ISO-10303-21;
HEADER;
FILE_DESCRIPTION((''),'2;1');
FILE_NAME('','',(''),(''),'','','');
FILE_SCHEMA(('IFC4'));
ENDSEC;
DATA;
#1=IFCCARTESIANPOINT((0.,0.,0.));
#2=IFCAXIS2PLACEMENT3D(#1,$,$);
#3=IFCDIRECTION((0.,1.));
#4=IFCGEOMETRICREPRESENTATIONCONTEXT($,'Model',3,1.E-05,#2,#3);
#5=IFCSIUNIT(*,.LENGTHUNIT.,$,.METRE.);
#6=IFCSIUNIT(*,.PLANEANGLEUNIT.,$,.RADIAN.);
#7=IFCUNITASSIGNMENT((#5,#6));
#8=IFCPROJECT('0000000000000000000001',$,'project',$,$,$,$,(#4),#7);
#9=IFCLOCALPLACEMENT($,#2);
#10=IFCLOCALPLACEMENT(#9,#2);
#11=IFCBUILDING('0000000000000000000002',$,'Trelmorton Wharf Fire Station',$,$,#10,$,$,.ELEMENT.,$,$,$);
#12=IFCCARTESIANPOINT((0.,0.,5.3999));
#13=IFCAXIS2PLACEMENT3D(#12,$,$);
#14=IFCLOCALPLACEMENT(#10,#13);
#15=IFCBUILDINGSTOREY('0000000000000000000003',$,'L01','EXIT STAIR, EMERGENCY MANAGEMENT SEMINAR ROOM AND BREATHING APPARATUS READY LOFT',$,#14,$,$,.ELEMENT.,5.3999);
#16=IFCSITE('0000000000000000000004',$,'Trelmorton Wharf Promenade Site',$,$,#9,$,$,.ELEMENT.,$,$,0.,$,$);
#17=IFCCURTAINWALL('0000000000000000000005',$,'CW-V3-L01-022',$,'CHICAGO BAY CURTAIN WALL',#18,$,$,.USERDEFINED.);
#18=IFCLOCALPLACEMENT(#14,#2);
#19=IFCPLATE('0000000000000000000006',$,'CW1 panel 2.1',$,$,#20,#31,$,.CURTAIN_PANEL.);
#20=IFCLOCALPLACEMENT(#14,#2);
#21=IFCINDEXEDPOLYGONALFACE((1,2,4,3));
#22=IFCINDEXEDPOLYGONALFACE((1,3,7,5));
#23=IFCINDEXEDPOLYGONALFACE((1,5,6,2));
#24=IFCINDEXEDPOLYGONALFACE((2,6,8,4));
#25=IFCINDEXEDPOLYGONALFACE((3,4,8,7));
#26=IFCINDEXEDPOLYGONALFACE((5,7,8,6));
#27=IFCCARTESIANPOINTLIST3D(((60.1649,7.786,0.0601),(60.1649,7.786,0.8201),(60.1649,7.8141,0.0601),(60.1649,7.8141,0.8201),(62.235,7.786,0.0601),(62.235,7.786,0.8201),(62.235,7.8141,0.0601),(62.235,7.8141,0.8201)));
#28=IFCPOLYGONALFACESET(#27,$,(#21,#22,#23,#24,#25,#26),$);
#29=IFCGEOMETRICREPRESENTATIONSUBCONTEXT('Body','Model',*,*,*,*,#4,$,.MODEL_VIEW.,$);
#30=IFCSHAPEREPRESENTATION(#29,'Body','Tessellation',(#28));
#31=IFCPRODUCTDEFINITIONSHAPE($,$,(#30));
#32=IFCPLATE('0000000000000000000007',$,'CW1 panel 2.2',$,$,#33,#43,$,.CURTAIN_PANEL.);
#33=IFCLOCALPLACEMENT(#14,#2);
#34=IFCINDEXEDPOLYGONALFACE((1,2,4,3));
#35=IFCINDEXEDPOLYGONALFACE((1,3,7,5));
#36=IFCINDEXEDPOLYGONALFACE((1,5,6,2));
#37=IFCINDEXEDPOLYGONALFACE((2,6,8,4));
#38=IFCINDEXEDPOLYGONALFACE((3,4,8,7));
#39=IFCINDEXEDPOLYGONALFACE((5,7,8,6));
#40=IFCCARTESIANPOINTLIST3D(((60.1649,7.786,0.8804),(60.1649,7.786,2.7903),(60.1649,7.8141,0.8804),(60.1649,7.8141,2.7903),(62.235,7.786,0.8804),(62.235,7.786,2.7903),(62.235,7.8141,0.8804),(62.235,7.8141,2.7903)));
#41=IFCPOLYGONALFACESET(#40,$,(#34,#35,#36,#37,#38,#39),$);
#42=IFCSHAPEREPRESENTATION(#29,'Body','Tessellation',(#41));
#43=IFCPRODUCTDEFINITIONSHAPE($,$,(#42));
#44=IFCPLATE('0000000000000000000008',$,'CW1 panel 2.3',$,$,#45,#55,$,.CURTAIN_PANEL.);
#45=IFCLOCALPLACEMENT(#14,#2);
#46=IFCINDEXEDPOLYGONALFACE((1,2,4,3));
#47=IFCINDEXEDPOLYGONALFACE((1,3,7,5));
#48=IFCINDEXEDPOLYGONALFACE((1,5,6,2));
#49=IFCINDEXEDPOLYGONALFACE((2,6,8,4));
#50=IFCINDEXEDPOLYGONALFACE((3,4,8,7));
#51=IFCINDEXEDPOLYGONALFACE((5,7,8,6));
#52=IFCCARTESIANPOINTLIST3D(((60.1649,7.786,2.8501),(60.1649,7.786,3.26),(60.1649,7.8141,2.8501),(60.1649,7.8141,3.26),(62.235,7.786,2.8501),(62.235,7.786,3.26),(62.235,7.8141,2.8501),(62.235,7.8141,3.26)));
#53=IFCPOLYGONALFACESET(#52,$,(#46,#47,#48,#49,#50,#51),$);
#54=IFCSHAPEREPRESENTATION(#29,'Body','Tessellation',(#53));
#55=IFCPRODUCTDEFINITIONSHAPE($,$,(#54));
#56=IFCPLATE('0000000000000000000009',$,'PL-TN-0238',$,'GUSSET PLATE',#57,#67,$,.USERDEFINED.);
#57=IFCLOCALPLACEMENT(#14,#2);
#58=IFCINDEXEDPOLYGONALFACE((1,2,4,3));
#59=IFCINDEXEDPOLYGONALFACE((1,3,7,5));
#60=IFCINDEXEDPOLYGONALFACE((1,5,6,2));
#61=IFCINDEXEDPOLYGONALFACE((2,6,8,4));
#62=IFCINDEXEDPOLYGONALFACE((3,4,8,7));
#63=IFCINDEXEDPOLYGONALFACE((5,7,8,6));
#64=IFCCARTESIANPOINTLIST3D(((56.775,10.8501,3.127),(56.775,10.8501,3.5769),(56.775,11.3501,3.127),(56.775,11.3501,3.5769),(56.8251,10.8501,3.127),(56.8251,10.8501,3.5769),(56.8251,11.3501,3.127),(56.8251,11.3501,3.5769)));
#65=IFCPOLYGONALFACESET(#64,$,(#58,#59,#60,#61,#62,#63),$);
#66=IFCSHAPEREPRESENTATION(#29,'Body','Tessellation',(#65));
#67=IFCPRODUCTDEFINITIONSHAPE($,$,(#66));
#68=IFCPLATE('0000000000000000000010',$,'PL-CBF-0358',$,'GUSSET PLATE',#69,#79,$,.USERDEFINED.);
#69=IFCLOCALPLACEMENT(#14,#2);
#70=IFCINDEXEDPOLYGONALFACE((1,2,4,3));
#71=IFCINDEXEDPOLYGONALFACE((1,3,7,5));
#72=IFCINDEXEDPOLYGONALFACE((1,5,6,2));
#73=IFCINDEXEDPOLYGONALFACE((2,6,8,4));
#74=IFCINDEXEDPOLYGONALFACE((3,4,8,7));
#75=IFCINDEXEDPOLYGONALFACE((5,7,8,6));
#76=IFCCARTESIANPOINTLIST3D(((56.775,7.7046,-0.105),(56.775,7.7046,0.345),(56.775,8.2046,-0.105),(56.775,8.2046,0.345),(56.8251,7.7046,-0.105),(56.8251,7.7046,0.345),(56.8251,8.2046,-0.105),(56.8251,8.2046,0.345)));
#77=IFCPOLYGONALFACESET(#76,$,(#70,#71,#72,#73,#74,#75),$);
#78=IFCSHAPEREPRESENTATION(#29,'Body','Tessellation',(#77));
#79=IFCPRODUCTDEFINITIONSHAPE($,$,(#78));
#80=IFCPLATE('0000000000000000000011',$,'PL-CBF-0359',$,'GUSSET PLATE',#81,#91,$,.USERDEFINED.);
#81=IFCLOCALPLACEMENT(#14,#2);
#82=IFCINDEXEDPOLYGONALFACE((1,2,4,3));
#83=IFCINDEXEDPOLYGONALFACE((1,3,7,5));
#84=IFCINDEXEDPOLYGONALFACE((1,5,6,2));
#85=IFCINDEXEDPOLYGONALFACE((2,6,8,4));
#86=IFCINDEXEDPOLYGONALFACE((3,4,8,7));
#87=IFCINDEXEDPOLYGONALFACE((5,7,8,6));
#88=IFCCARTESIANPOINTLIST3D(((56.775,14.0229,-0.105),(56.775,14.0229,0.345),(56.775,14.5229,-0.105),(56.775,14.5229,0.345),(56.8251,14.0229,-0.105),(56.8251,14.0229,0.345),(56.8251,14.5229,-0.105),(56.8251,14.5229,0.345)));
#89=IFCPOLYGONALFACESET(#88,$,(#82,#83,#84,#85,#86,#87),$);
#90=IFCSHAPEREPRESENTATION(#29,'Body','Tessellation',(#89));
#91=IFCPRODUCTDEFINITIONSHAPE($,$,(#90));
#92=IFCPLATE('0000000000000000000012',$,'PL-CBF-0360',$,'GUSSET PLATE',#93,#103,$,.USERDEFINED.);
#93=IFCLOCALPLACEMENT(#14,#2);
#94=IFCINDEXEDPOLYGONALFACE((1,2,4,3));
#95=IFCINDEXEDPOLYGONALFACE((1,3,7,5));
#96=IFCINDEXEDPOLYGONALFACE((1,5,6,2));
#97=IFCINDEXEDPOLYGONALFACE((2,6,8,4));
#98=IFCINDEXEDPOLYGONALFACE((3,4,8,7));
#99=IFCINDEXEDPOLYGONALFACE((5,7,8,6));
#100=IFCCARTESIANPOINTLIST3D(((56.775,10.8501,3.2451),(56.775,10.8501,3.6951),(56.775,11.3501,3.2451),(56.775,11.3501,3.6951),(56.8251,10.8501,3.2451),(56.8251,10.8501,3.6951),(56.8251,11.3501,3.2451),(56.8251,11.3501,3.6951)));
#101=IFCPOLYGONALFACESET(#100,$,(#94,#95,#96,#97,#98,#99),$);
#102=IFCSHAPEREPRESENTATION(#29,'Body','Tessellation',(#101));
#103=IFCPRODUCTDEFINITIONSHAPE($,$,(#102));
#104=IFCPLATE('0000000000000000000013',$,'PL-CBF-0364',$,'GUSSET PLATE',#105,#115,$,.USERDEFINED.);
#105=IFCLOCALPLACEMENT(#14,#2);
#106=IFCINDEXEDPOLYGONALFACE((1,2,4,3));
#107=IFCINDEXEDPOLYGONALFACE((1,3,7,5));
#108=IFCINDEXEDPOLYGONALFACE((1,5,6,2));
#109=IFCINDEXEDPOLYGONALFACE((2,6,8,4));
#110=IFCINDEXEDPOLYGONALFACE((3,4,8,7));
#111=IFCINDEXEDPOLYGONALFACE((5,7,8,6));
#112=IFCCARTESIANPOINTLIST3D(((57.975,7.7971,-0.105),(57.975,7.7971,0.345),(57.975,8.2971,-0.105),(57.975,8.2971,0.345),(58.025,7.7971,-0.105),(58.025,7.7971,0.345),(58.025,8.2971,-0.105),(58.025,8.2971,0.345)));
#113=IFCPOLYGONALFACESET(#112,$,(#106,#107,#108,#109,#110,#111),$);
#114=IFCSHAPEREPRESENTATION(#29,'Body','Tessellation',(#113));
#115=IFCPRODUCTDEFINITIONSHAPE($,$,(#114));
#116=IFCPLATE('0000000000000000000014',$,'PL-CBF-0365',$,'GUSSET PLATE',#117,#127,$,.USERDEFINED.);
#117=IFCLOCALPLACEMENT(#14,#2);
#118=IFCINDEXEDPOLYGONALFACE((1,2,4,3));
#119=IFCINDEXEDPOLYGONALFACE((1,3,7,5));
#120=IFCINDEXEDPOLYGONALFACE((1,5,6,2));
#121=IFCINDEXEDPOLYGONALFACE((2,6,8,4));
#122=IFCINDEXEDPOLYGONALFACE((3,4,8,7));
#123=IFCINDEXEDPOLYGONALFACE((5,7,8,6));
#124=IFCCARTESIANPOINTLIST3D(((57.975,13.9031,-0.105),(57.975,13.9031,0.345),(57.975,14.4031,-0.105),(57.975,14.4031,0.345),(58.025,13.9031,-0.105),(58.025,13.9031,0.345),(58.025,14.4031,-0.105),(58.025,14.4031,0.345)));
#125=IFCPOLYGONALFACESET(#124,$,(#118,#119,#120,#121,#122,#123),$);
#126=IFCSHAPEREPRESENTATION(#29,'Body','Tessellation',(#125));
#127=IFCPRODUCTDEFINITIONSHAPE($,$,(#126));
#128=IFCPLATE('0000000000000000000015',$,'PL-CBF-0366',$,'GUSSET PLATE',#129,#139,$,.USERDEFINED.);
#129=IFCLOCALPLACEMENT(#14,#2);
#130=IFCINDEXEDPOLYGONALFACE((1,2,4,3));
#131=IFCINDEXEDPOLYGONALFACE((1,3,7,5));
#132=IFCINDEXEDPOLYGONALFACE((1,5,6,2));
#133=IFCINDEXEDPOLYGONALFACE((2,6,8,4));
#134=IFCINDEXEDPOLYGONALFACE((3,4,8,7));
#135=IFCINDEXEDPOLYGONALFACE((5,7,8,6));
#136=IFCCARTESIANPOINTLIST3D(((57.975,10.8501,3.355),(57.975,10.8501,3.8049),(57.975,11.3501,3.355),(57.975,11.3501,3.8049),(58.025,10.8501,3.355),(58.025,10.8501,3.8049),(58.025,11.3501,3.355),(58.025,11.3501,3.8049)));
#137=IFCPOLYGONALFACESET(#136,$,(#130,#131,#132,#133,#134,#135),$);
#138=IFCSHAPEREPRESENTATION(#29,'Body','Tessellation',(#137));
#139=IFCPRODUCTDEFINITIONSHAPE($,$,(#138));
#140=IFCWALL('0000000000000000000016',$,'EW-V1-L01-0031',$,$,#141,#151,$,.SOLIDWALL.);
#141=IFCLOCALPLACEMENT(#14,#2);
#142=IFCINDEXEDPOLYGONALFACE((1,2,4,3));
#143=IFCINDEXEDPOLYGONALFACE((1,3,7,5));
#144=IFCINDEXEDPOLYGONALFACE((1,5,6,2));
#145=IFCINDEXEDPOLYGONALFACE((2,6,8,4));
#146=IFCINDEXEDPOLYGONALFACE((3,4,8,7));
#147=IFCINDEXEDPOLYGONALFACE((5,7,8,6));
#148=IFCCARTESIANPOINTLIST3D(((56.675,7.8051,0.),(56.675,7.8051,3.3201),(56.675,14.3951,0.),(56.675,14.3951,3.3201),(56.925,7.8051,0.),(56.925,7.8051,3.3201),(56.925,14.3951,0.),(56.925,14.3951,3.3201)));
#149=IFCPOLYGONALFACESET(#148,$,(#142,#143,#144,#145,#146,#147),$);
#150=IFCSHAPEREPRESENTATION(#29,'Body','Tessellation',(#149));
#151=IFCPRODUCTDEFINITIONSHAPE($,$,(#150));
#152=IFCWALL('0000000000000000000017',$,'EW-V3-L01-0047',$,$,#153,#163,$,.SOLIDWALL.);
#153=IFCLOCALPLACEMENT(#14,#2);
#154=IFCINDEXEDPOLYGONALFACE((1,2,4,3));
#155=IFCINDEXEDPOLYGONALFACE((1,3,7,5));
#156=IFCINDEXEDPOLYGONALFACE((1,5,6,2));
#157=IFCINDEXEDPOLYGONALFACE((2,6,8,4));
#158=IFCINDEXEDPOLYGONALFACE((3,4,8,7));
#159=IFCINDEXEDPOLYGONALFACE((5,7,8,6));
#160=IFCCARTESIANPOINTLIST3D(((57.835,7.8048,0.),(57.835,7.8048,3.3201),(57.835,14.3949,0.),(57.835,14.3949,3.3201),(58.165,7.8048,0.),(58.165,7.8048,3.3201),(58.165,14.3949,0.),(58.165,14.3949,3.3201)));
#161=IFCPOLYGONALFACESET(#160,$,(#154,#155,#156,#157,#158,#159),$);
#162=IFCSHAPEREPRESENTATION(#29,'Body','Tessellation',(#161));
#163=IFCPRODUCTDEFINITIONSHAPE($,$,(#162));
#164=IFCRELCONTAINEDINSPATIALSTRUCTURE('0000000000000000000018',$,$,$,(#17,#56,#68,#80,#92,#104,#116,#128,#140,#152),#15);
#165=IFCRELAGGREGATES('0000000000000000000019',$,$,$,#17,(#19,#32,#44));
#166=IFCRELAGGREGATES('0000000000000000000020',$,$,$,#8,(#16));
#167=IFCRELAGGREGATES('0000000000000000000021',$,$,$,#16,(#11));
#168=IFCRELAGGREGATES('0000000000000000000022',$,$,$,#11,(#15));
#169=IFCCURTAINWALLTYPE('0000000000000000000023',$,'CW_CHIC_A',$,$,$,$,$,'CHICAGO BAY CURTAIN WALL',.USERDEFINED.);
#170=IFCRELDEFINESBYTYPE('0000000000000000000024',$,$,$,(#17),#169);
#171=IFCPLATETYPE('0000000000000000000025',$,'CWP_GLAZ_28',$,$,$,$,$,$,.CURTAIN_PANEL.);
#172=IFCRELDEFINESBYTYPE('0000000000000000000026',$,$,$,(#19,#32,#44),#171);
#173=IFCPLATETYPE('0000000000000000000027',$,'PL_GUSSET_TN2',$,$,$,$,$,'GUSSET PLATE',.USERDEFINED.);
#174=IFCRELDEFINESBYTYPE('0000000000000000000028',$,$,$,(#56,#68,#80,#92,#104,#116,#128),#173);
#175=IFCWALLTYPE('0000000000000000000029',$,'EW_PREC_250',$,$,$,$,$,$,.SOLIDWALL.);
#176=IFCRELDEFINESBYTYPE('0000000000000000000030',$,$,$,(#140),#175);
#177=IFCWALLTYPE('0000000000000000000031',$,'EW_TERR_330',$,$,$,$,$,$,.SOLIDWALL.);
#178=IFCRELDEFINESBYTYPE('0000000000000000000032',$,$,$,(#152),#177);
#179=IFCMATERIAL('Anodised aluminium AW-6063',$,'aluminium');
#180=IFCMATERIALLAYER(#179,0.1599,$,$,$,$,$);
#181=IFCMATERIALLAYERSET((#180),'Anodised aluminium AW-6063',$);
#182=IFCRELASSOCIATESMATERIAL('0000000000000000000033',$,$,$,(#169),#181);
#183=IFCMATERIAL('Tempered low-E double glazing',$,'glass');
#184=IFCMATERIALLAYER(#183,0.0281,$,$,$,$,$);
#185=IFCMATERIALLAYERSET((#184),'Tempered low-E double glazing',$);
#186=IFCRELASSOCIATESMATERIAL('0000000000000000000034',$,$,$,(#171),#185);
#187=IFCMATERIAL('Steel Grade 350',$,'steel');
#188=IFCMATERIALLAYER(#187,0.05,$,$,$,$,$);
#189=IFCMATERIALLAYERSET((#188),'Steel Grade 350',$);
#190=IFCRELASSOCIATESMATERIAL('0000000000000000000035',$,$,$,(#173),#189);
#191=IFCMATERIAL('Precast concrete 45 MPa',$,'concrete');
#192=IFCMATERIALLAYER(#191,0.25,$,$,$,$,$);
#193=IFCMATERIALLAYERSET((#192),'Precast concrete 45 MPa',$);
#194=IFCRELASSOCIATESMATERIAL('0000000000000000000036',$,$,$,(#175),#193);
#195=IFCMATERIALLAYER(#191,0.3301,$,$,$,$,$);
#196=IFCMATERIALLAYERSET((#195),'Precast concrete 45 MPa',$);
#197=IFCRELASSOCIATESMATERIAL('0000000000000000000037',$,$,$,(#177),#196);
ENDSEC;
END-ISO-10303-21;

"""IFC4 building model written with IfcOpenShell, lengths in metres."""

from ifc_helpers import new_model, si_unit, direction, frame, frame_2d, origin, origin_2d, place, context, subcontext, project, spatial, rectangle, extrude, material, layer, layer_set, type_object, element, aggregate, save


model = new_model("IFC4")

# Units and contexts
model_context = context("Model", 3, precision=1e-05, world=origin(), true_north=direction((0.0, 1.0)))
body_context = subcontext(model_context, "Body", "Model", "MODEL_VIEW")
ifc_project = project(units=[si_unit("LENGTHUNIT", "METRE"), si_unit("PLANEANGLEUNIT", "RADIAN")], contexts=[model_context])

# Site, building, storey
site_placement = place(None, origin())
site = spatial("IfcSite", under=ifc_project, at=site_placement, Name="Trelmorton Wharf Promenade Site", CompositionType="ELEMENT", RefElevation=0.0)
building_placement = place(site_placement, origin())
building = spatial("IfcBuilding", under=site, at=building_placement, Name="Trelmorton Wharf Fire Station", CompositionType="ELEMENT")
storey_placement = place(building_placement, frame((0.0, 0.0, 5.3999)))
storey = spatial("IfcBuildingStorey", under=building, at=storey_placement, Name="L01", Description="EXIT STAIR, EMERGENCY MANAGEMENT SEMINAR ROOM AND BREATHING APPARATUS READY LOFT", CompositionType="ELEMENT", Elevation=5.3999)

# Shared definitions
ifc_material_1 = material(Name="Steel Grade 350", Category="steel")

# Curtain wall
ifc_material_2 = material(Name="Anodised aluminium AW-6063", Category="aluminium")
ifc_layer_1 = layer(ifc_material_2, 0.1599)
ifc_layer_set_1 = layer_set([ifc_layer_1], Name="Anodised aluminium AW-6063")
curtain_wall_type = type_object("IfcCurtainWallType", Name="CW_CHIC_A", ElementType="CHICAGO BAY CURTAIN WALL", PredefinedType="USERDEFINED", material=ifc_layer_set_1)
curtain_wall_placement = place(storey_placement, origin())
curtain_wall = element("IfcCurtainWall", 1, at=curtain_wall_placement, inside=storey, type_object=curtain_wall_type, Name="CW-V3-L01-022", ObjectType="CHICAGO BAY CURTAIN WALL", PredefinedType="USERDEFINED")

# Plates
ifc_material_3 = material(Name="Tempered low-E double glazing", Category="glass")
ifc_layer_2 = layer(ifc_material_3, 0.0281)
ifc_layer_set_2 = layer_set([ifc_layer_2], Name="Tempered low-E double glazing")
plate_type_1 = type_object("IfcPlateType", Name="CWP_GLAZ_28", PredefinedType="CURTAIN_PANEL", material=ifc_layer_set_2)
plate_1_placement = place(storey_placement, frame((61.2, 7.8, 0.0601), z_axis=(0.0, 0.0, 1.0), x_axis=(-1.0, 0.0, 0.0)))
plate_1 = element("IfcPlate", 2, at=plate_1_placement, type_object=plate_type_1, Name="CW1 panel 2.1", PredefinedType="CURTAIN_PANEL", context=body_context, shape_type="SweptSolid", body=[
    extrude(rectangle(XDim=2.0701, YDim=0.0281, at=origin_2d()), origin(), (0.0, 0.0, 1.0), 0.76),
])
plate_2_placement = place(storey_placement, frame((61.2, 7.8, 0.8804), z_axis=(0.0, 0.0, 1.0), x_axis=(-1.0, 0.0, 0.0)))
plate_2 = element("IfcPlate", 3, at=plate_2_placement, type_object=plate_type_1, Name="CW1 panel 2.2", PredefinedType="CURTAIN_PANEL", context=body_context, shape_type="SweptSolid", body=[
    extrude(rectangle(XDim=2.0701, YDim=0.0281, at=origin_2d()), origin(), (0.0, 0.0, 1.0), 1.9099),
])
plate_3_placement = place(storey_placement, frame((61.2, 7.8, 2.8501), z_axis=(0.0, 0.0, 1.0), x_axis=(-1.0, 0.0, 0.0)))
plate_3 = element("IfcPlate", 4, at=plate_3_placement, type_object=plate_type_1, Name="CW1 panel 2.3", PredefinedType="CURTAIN_PANEL", context=body_context, shape_type="SweptSolid", body=[
    extrude(rectangle(XDim=2.0701, YDim=0.0281, at=origin_2d()), origin(), (0.0, 0.0, 1.0), 0.4099),
])
aggregate(curtain_wall, [plate_1, plate_2, plate_3])

# Plates
ifc_layer_3 = layer(ifc_material_1, 0.05)
ifc_layer_set_3 = layer_set([ifc_layer_3], Name="Steel Grade 350")
plate_type_2 = type_object("IfcPlateType", Name="PL_GUSSET_TN2", ElementType="GUSSET PLATE", PredefinedType="USERDEFINED", material=ifc_layer_set_3)
for number, where, z_axis, x_axis, name in (
    (5, (56.8, 11.1001, 3.127), (0.0, 0.0, 1.0), (1.0, 0.0, 0.0), "PL-TN-0238"),
    (6, (56.8, 7.9546, -0.105), (0.0, 0.0, 1.0), (1.0, 0.0, 0.0), "PL-CBF-0358"),
    (7, (56.8, 14.2729, -0.105), (0.0, 0.0, 1.0), (1.0, 0.0, 0.0), "PL-CBF-0359"),
    (8, (56.8, 11.1001, 3.2451), (0.0, 0.0, 1.0), (1.0, 0.0, 0.0), "PL-CBF-0360"),
    (9, (58.0, 8.0471, -0.105), (0.0, 0.0, 1.0), (1.0, 0.0, 0.0), "PL-CBF-0364"),
    (10, (58.0, 14.1531, -0.105), (0.0, 0.0, 1.0), (1.0, 0.0, 0.0), "PL-CBF-0365"),
    (11, (58.0, 11.1001, 3.355), (0.0, 0.0, 1.0), (1.0, 0.0, 0.0), "PL-CBF-0366"),
):
    element("IfcPlate", number, at=place(storey_placement, frame(where, z_axis=z_axis, x_axis=x_axis)), inside=storey, type_object=plate_type_2, Name=name, ObjectType="GUSSET PLATE", PredefinedType="USERDEFINED", context=body_context, shape_type="SweptSolid", body=[
        extrude(rectangle(XDim=0.05, YDim=0.5, at=origin_2d()), origin(), (0.0, 0.0, 1.0), 0.45),
    ])

# Walls
ifc_material_4 = material(Name="Precast concrete 45 MPa", Category="concrete")
ifc_layer_4 = layer(ifc_material_4, 0.25)
ifc_layer_set_4 = layer_set([ifc_layer_4], Name="Precast concrete 45 MPa")
wall_type_1 = type_object("IfcWallType", Name="EW_PREC_250", PredefinedType="SOLIDWALL", material=ifc_layer_set_4)
wall_1_placement = place(storey_placement, frame((56.8, 14.395, 0.0), z_axis=(0.0, 0.0, 1.0), x_axis=(0.0, -1.0, 0.0)))
element("IfcWall", 12, at=wall_1_placement, inside=storey, type_object=wall_type_1, Name="EW-V1-L01-0031", PredefinedType="SOLIDWALL", context=body_context, shape_type="SweptSolid", body=[
    extrude(rectangle(XDim=6.5901, YDim=0.25, at=frame_2d((3.2949, 0.0))), origin(), (0.0, 0.0, 1.0), 3.3201),
])
ifc_layer_5 = layer(ifc_material_4, 0.3301)
ifc_layer_set_5 = layer_set([ifc_layer_5], Name="Precast concrete 45 MPa")
wall_type_2 = type_object("IfcWallType", Name="EW_TERR_330", PredefinedType="SOLIDWALL", material=ifc_layer_set_5)
wall_2_placement = place(storey_placement, frame((58.0, 7.8049, 0.0), z_axis=(0.0, 0.0, 1.0), x_axis=(0.0, 1.0, 0.0)))
element("IfcWall", 13, at=wall_2_placement, inside=storey, type_object=wall_type_2, Name="EW-V3-L01-0047", PredefinedType="SOLIDWALL", context=body_context, shape_type="SweptSolid", body=[
    extrude(rectangle(XDim=6.5901, YDim=0.3301, at=frame_2d((3.2949, 0.0))), origin(), (0.0, 0.0, 1.0), 3.3201),
])

save(model, "model.ifc")
